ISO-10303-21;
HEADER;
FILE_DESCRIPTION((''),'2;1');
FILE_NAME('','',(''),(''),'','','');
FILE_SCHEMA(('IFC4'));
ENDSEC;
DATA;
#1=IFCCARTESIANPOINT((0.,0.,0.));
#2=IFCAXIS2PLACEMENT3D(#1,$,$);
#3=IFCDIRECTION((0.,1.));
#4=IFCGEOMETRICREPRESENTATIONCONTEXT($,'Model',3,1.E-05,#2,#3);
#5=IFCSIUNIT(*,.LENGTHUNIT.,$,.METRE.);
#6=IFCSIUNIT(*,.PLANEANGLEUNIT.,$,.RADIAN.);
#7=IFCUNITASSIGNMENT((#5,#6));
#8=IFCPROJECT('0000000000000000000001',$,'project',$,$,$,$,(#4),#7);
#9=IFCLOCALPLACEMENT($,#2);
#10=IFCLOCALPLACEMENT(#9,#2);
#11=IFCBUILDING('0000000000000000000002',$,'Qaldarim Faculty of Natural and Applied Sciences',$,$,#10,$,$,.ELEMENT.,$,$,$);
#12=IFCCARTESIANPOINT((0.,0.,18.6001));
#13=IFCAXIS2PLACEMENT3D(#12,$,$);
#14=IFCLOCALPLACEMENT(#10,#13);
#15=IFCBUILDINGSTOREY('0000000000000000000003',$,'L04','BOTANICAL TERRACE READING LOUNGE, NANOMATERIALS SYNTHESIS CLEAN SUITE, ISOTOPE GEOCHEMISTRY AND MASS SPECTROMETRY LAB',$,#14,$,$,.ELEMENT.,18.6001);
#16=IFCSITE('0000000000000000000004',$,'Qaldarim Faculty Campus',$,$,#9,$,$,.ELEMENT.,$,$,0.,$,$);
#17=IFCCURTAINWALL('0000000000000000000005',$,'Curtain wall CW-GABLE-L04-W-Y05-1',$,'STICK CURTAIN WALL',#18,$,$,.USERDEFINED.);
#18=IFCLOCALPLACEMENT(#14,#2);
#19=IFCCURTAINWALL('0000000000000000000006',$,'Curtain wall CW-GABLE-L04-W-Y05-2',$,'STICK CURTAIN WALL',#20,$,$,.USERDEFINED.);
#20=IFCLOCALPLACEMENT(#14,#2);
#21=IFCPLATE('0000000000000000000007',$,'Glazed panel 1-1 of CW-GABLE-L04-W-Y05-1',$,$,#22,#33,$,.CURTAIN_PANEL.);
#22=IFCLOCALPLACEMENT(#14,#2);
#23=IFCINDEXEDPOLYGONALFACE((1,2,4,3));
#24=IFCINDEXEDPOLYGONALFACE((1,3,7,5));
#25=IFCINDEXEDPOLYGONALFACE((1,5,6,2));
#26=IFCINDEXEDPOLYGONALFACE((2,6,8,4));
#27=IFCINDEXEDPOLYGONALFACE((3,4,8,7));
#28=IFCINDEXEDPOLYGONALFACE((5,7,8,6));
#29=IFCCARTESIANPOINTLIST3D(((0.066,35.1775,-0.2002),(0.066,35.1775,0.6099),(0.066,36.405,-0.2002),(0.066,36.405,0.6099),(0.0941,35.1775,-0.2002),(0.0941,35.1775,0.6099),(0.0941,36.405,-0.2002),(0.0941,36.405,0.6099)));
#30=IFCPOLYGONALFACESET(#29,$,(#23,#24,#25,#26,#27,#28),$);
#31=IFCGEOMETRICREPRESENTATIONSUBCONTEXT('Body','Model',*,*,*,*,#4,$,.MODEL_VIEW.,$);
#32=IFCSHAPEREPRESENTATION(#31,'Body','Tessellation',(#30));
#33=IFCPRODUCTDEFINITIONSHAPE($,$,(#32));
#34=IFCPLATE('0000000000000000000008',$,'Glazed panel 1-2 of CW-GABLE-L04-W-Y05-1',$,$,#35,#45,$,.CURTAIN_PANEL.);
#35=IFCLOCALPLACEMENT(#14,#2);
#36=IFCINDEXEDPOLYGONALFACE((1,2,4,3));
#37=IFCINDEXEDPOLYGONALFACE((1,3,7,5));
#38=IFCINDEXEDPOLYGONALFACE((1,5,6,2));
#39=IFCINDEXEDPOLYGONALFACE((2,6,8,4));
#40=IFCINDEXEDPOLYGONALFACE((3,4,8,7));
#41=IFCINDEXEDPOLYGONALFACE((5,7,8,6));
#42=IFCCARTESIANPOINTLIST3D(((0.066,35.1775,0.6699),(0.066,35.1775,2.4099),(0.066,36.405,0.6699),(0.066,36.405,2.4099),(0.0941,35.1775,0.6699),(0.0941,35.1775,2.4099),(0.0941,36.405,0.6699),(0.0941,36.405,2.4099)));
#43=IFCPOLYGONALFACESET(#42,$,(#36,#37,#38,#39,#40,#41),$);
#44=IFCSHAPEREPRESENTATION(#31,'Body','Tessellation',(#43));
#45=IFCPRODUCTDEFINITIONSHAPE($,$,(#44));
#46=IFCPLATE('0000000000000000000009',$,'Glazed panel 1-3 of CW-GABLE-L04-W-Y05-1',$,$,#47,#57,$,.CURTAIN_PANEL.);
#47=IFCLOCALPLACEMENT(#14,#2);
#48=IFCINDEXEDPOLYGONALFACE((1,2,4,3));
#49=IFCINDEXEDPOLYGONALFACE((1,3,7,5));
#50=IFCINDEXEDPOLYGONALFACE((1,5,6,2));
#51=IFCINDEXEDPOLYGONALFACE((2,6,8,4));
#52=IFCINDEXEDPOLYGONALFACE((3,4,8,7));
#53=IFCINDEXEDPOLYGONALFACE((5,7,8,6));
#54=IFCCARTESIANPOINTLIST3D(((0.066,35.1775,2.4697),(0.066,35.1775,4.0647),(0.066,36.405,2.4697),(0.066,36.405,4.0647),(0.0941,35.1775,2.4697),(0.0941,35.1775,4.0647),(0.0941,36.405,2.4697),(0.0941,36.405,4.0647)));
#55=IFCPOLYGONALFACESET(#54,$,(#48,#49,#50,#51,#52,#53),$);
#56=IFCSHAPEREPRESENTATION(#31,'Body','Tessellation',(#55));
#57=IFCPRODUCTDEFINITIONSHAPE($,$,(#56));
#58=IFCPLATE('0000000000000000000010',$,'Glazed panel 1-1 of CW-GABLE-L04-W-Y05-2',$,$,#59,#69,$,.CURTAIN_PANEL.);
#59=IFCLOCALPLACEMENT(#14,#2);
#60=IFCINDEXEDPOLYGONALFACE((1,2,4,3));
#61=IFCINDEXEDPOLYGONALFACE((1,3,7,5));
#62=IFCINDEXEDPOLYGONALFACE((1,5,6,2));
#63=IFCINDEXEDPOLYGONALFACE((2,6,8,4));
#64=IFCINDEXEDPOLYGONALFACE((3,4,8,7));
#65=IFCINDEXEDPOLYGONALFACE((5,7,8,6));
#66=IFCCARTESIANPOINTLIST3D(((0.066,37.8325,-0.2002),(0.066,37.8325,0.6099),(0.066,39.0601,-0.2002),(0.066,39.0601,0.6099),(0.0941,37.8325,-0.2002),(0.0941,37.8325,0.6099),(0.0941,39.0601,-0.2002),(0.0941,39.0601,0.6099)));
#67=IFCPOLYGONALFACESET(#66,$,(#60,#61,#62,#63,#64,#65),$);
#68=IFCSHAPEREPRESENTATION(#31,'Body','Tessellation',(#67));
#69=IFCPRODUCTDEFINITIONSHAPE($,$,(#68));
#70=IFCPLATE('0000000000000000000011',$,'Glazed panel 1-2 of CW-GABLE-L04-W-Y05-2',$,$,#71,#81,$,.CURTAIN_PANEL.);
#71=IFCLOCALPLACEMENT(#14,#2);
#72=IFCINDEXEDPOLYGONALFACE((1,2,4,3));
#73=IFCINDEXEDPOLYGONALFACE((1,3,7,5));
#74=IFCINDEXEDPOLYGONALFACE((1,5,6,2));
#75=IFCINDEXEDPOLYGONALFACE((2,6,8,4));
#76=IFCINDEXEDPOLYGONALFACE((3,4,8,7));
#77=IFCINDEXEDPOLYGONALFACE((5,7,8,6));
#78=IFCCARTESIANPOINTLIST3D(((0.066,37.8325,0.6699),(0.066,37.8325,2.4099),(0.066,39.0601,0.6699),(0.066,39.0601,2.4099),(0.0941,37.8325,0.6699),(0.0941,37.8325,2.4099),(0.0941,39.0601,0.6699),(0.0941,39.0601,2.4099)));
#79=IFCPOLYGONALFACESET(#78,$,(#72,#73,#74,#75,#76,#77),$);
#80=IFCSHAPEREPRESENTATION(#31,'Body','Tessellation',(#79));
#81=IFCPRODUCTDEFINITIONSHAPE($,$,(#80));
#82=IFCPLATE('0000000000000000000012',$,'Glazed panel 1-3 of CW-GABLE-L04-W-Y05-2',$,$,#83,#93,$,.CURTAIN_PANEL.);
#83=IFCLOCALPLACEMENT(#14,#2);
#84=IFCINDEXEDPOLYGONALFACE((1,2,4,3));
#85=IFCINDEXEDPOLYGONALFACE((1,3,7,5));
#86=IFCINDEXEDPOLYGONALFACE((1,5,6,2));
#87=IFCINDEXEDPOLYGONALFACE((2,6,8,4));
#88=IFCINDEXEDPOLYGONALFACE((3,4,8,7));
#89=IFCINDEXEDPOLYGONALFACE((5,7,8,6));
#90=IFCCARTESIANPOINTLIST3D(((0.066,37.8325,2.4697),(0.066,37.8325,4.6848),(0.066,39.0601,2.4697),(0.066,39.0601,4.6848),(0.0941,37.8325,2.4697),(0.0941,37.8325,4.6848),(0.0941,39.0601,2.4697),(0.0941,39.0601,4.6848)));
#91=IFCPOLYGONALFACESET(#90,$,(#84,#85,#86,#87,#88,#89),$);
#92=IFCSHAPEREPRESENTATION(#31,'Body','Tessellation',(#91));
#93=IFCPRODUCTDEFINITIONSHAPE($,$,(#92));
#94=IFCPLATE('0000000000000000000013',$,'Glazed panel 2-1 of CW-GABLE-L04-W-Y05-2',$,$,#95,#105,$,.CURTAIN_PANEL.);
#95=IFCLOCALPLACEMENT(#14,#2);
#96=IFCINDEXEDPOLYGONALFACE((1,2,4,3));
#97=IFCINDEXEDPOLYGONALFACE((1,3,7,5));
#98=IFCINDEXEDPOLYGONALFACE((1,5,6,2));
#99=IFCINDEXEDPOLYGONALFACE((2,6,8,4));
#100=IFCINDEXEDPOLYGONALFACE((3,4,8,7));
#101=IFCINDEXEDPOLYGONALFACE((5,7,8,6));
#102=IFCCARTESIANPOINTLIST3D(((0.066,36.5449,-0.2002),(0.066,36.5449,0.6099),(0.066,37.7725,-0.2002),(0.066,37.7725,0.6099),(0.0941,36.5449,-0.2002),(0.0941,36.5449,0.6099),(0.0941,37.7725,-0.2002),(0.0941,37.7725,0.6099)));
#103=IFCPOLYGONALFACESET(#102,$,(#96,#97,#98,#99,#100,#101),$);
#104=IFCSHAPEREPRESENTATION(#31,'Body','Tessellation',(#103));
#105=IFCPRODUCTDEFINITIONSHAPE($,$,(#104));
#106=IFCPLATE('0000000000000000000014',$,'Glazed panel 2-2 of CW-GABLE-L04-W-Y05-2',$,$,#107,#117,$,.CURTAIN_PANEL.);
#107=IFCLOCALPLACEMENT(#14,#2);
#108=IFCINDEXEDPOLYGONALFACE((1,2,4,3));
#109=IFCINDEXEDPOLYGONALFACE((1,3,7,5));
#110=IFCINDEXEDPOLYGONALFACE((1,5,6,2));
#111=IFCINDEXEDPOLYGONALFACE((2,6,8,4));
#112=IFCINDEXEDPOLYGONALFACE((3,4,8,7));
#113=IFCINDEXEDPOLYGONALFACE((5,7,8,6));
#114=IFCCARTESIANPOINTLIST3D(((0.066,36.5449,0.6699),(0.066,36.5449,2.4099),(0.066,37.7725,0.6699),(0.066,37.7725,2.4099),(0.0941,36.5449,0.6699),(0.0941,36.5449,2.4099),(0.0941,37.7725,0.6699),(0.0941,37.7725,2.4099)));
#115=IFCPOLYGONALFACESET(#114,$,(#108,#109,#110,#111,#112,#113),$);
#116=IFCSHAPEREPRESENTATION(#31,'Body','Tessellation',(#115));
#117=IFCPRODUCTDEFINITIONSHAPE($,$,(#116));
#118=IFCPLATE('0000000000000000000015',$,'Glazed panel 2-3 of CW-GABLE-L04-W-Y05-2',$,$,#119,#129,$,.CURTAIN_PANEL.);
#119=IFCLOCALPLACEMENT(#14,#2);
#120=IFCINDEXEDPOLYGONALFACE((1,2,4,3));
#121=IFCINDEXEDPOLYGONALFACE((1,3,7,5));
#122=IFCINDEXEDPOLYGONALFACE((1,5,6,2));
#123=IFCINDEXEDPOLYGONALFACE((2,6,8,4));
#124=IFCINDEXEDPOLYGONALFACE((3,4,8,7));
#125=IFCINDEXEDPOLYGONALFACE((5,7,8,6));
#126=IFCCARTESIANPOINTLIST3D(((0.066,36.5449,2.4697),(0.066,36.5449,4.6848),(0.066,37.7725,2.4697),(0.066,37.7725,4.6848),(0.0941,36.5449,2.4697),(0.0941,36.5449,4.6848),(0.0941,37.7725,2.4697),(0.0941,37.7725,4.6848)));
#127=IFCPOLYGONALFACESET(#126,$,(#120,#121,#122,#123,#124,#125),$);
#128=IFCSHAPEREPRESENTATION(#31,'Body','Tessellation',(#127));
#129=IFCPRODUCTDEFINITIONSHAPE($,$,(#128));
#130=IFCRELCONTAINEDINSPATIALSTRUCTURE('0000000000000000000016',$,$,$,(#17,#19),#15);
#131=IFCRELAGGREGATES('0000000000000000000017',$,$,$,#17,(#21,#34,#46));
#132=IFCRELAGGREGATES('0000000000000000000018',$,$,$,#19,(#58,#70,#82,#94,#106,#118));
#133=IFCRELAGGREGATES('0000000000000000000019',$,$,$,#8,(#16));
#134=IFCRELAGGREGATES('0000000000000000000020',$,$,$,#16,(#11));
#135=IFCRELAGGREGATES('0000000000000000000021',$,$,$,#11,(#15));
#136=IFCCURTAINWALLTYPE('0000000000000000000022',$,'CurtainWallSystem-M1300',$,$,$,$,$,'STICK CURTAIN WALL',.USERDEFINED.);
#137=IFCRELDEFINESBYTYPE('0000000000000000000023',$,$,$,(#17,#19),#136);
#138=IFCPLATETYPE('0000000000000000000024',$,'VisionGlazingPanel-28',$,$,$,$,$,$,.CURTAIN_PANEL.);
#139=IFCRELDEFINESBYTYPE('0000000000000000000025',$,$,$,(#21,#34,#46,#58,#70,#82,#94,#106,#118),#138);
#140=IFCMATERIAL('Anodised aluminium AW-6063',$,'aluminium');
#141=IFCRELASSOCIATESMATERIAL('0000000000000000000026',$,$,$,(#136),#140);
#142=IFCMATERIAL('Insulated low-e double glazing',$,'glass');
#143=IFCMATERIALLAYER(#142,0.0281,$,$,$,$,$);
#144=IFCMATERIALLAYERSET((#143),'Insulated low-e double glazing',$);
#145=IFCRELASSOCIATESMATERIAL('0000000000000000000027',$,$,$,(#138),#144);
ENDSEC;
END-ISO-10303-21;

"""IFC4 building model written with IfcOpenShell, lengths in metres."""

from ifc_helpers import new_model, si_unit, direction, frame, origin, origin_2d, place, context, subcontext, project, spatial, rectangle, extrude, material, layer, layer_set, type_object, element, aggregate, save


model = new_model("IFC4")

# Units and contexts
model_context = context("Model", 3, precision=1e-05, world=origin(), true_north=direction((0.0, 1.0)))
body_context = subcontext(model_context, "Body", "Model", "MODEL_VIEW")
ifc_project = project(units=[si_unit("LENGTHUNIT", "METRE"), si_unit("PLANEANGLEUNIT", "RADIAN")], contexts=[model_context])

# Site, building, storey
site_placement = place(None, origin())
site = spatial("IfcSite", under=ifc_project, at=site_placement, Name="Qaldarim Faculty Campus", CompositionType="ELEMENT", RefElevation=0.0)
building_placement = place(site_placement, origin())
building = spatial("IfcBuilding", under=site, at=building_placement, Name="Qaldarim Faculty of Natural and Applied Sciences", CompositionType="ELEMENT")
storey_placement = place(building_placement, frame((0.0, 0.0, 18.6001)))
storey = spatial("IfcBuildingStorey", under=building, at=storey_placement, Name="L04", Description="BOTANICAL TERRACE READING LOUNGE, NANOMATERIALS SYNTHESIS CLEAN SUITE, ISOTOPE GEOCHEMISTRY AND MASS SPECTROMETRY LAB", CompositionType="ELEMENT", Elevation=18.6001)

# Curtain walls
ifc_material_1 = material(Name="Anodised aluminium AW-6063", Category="aluminium")
curtain_wall_type = type_object("IfcCurtainWallType", Name="CurtainWallSystem-M1300", ElementType="STICK CURTAIN WALL", PredefinedType="USERDEFINED", material=ifc_material_1)
curtain_wall_1_placement = place(storey_placement, origin())
curtain_wall_1 = element("IfcCurtainWall", 1, at=curtain_wall_1_placement, inside=storey, type_object=curtain_wall_type, Name="Curtain wall CW-GABLE-L04-W-Y05-1", ObjectType="STICK CURTAIN WALL", PredefinedType="USERDEFINED")
curtain_wall_2_placement = place(storey_placement, origin())
curtain_wall_2 = element("IfcCurtainWall", 2, at=curtain_wall_2_placement, inside=storey, type_object=curtain_wall_type, Name="Curtain wall CW-GABLE-L04-W-Y05-2", ObjectType="STICK CURTAIN WALL", PredefinedType="USERDEFINED")

# Plates
ifc_material_2 = material(Name="Insulated low-e double glazing", Category="glass")
ifc_layer = layer(ifc_material_2, 0.0281)
ifc_layer_set = layer_set([ifc_layer], Name="Insulated low-e double glazing")
plate_type = type_object("IfcPlateType", Name="VisionGlazingPanel-28", PredefinedType="CURTAIN_PANEL", material=ifc_layer_set)
plate_1_placement = place(storey_placement, frame((0.0801, 35.7913, -0.2002), z_axis=(0.0, 0.0, 1.0), x_axis=(0.0, -1.0, 0.0)))
plate_1 = element("IfcPlate", 3, at=plate_1_placement, type_object=plate_type, Name="Glazed panel 1-1 of CW-GABLE-L04-W-Y05-1", PredefinedType="CURTAIN_PANEL", context=body_context, shape_type="SweptSolid", body=[
    extrude(rectangle(XDim=1.2275, YDim=0.0281, at=origin_2d()), origin(), (0.0, 0.0, 1.0), 0.8101),
])
plate_2_placement = place(storey_placement, frame((0.0801, 35.7913, 0.6699), z_axis=(0.0, 0.0, 1.0), x_axis=(0.0, -1.0, 0.0)))
plate_2 = element("IfcPlate", 4, at=plate_2_placement, type_object=plate_type, Name="Glazed panel 1-2 of CW-GABLE-L04-W-Y05-1", PredefinedType="CURTAIN_PANEL", context=body_context, shape_type="SweptSolid", body=[
    extrude(rectangle(XDim=1.2275, YDim=0.0281, at=origin_2d()), origin(), (0.0, 0.0, 1.0), 1.74),
])
plate_3_placement = place(storey_placement, frame((0.0801, 35.7913, 2.4697), z_axis=(0.0, 0.0, 1.0), x_axis=(0.0, -1.0, 0.0)))
plate_3 = element("IfcPlate", 5, at=plate_3_placement, type_object=plate_type, Name="Glazed panel 1-3 of CW-GABLE-L04-W-Y05-1", PredefinedType="CURTAIN_PANEL", context=body_context, shape_type="SweptSolid", body=[
    extrude(rectangle(XDim=1.2275, YDim=0.0281, at=origin_2d()), origin(), (0.0, 0.0, 1.0), 1.595),
])
aggregate(curtain_wall_1, [plate_1, plate_2, plate_3])
plate_4_placement = place(storey_placement, frame((0.0801, 38.4463, -0.2002), z_axis=(0.0, 0.0, 1.0), x_axis=(0.0, -1.0, 0.0)))
plate_4 = element("IfcPlate", 6, at=plate_4_placement, type_object=plate_type, Name="Glazed panel 1-1 of CW-GABLE-L04-W-Y05-2", PredefinedType="CURTAIN_PANEL", context=body_context, shape_type="SweptSolid", body=[
    extrude(rectangle(XDim=1.2275, YDim=0.0281, at=origin_2d()), origin(), (0.0, 0.0, 1.0), 0.8101),
])
plate_5_placement = place(storey_placement, frame((0.0801, 38.4463, 0.6699), z_axis=(0.0, 0.0, 1.0), x_axis=(0.0, -1.0, 0.0)))
plate_5 = element("IfcPlate", 7, at=plate_5_placement, type_object=plate_type, Name="Glazed panel 1-2 of CW-GABLE-L04-W-Y05-2", PredefinedType="CURTAIN_PANEL", context=body_context, shape_type="SweptSolid", body=[
    extrude(rectangle(XDim=1.2275, YDim=0.0281, at=origin_2d()), origin(), (0.0, 0.0, 1.0), 1.74),
])
plate_6_placement = place(storey_placement, frame((0.0801, 38.4463, 2.4697), z_axis=(0.0, 0.0, 1.0), x_axis=(0.0, -1.0, 0.0)))
plate_6 = element("IfcPlate", 8, at=plate_6_placement, type_object=plate_type, Name="Glazed panel 1-3 of CW-GABLE-L04-W-Y05-2", PredefinedType="CURTAIN_PANEL", context=body_context, shape_type="SweptSolid", body=[
    extrude(rectangle(XDim=1.2275, YDim=0.0281, at=origin_2d()), origin(), (0.0, 0.0, 1.0), 2.2151),
])
plate_7_placement = place(storey_placement, frame((0.0801, 37.1587, -0.2002), z_axis=(0.0, 0.0, 1.0), x_axis=(0.0, -1.0, 0.0)))
plate_7 = element("IfcPlate", 9, at=plate_7_placement, type_object=plate_type, Name="Glazed panel 2-1 of CW-GABLE-L04-W-Y05-2", PredefinedType="CURTAIN_PANEL", context=body_context, shape_type="SweptSolid", body=[
    extrude(rectangle(XDim=1.2275, YDim=0.0281, at=origin_2d()), origin(), (0.0, 0.0, 1.0), 0.8101),
])
plate_8_placement = place(storey_placement, frame((0.0801, 37.1587, 0.6699), z_axis=(0.0, 0.0, 1.0), x_axis=(0.0, -1.0, 0.0)))
plate_8 = element("IfcPlate", 10, at=plate_8_placement, type_object=plate_type, Name="Glazed panel 2-2 of CW-GABLE-L04-W-Y05-2", PredefinedType="CURTAIN_PANEL", context=body_context, shape_type="SweptSolid", body=[
    extrude(rectangle(XDim=1.2275, YDim=0.0281, at=origin_2d()), origin(), (0.0, 0.0, 1.0), 1.74),
])
plate_9_placement = place(storey_placement, frame((0.0801, 37.1587, 2.4697), z_axis=(0.0, 0.0, 1.0), x_axis=(0.0, -1.0, 0.0)))
plate_9 = element("IfcPlate", 11, at=plate_9_placement, type_object=plate_type, Name="Glazed panel 2-3 of CW-GABLE-L04-W-Y05-2", PredefinedType="CURTAIN_PANEL", context=body_context, shape_type="SweptSolid", body=[
    extrude(rectangle(XDim=1.2275, YDim=0.0281, at=origin_2d()), origin(), (0.0, 0.0, 1.0), 2.2151),
])
aggregate(curtain_wall_2, [plate_4, plate_5, plate_6, plate_7, plate_8, plate_9])

save(model, "model.ifc")
